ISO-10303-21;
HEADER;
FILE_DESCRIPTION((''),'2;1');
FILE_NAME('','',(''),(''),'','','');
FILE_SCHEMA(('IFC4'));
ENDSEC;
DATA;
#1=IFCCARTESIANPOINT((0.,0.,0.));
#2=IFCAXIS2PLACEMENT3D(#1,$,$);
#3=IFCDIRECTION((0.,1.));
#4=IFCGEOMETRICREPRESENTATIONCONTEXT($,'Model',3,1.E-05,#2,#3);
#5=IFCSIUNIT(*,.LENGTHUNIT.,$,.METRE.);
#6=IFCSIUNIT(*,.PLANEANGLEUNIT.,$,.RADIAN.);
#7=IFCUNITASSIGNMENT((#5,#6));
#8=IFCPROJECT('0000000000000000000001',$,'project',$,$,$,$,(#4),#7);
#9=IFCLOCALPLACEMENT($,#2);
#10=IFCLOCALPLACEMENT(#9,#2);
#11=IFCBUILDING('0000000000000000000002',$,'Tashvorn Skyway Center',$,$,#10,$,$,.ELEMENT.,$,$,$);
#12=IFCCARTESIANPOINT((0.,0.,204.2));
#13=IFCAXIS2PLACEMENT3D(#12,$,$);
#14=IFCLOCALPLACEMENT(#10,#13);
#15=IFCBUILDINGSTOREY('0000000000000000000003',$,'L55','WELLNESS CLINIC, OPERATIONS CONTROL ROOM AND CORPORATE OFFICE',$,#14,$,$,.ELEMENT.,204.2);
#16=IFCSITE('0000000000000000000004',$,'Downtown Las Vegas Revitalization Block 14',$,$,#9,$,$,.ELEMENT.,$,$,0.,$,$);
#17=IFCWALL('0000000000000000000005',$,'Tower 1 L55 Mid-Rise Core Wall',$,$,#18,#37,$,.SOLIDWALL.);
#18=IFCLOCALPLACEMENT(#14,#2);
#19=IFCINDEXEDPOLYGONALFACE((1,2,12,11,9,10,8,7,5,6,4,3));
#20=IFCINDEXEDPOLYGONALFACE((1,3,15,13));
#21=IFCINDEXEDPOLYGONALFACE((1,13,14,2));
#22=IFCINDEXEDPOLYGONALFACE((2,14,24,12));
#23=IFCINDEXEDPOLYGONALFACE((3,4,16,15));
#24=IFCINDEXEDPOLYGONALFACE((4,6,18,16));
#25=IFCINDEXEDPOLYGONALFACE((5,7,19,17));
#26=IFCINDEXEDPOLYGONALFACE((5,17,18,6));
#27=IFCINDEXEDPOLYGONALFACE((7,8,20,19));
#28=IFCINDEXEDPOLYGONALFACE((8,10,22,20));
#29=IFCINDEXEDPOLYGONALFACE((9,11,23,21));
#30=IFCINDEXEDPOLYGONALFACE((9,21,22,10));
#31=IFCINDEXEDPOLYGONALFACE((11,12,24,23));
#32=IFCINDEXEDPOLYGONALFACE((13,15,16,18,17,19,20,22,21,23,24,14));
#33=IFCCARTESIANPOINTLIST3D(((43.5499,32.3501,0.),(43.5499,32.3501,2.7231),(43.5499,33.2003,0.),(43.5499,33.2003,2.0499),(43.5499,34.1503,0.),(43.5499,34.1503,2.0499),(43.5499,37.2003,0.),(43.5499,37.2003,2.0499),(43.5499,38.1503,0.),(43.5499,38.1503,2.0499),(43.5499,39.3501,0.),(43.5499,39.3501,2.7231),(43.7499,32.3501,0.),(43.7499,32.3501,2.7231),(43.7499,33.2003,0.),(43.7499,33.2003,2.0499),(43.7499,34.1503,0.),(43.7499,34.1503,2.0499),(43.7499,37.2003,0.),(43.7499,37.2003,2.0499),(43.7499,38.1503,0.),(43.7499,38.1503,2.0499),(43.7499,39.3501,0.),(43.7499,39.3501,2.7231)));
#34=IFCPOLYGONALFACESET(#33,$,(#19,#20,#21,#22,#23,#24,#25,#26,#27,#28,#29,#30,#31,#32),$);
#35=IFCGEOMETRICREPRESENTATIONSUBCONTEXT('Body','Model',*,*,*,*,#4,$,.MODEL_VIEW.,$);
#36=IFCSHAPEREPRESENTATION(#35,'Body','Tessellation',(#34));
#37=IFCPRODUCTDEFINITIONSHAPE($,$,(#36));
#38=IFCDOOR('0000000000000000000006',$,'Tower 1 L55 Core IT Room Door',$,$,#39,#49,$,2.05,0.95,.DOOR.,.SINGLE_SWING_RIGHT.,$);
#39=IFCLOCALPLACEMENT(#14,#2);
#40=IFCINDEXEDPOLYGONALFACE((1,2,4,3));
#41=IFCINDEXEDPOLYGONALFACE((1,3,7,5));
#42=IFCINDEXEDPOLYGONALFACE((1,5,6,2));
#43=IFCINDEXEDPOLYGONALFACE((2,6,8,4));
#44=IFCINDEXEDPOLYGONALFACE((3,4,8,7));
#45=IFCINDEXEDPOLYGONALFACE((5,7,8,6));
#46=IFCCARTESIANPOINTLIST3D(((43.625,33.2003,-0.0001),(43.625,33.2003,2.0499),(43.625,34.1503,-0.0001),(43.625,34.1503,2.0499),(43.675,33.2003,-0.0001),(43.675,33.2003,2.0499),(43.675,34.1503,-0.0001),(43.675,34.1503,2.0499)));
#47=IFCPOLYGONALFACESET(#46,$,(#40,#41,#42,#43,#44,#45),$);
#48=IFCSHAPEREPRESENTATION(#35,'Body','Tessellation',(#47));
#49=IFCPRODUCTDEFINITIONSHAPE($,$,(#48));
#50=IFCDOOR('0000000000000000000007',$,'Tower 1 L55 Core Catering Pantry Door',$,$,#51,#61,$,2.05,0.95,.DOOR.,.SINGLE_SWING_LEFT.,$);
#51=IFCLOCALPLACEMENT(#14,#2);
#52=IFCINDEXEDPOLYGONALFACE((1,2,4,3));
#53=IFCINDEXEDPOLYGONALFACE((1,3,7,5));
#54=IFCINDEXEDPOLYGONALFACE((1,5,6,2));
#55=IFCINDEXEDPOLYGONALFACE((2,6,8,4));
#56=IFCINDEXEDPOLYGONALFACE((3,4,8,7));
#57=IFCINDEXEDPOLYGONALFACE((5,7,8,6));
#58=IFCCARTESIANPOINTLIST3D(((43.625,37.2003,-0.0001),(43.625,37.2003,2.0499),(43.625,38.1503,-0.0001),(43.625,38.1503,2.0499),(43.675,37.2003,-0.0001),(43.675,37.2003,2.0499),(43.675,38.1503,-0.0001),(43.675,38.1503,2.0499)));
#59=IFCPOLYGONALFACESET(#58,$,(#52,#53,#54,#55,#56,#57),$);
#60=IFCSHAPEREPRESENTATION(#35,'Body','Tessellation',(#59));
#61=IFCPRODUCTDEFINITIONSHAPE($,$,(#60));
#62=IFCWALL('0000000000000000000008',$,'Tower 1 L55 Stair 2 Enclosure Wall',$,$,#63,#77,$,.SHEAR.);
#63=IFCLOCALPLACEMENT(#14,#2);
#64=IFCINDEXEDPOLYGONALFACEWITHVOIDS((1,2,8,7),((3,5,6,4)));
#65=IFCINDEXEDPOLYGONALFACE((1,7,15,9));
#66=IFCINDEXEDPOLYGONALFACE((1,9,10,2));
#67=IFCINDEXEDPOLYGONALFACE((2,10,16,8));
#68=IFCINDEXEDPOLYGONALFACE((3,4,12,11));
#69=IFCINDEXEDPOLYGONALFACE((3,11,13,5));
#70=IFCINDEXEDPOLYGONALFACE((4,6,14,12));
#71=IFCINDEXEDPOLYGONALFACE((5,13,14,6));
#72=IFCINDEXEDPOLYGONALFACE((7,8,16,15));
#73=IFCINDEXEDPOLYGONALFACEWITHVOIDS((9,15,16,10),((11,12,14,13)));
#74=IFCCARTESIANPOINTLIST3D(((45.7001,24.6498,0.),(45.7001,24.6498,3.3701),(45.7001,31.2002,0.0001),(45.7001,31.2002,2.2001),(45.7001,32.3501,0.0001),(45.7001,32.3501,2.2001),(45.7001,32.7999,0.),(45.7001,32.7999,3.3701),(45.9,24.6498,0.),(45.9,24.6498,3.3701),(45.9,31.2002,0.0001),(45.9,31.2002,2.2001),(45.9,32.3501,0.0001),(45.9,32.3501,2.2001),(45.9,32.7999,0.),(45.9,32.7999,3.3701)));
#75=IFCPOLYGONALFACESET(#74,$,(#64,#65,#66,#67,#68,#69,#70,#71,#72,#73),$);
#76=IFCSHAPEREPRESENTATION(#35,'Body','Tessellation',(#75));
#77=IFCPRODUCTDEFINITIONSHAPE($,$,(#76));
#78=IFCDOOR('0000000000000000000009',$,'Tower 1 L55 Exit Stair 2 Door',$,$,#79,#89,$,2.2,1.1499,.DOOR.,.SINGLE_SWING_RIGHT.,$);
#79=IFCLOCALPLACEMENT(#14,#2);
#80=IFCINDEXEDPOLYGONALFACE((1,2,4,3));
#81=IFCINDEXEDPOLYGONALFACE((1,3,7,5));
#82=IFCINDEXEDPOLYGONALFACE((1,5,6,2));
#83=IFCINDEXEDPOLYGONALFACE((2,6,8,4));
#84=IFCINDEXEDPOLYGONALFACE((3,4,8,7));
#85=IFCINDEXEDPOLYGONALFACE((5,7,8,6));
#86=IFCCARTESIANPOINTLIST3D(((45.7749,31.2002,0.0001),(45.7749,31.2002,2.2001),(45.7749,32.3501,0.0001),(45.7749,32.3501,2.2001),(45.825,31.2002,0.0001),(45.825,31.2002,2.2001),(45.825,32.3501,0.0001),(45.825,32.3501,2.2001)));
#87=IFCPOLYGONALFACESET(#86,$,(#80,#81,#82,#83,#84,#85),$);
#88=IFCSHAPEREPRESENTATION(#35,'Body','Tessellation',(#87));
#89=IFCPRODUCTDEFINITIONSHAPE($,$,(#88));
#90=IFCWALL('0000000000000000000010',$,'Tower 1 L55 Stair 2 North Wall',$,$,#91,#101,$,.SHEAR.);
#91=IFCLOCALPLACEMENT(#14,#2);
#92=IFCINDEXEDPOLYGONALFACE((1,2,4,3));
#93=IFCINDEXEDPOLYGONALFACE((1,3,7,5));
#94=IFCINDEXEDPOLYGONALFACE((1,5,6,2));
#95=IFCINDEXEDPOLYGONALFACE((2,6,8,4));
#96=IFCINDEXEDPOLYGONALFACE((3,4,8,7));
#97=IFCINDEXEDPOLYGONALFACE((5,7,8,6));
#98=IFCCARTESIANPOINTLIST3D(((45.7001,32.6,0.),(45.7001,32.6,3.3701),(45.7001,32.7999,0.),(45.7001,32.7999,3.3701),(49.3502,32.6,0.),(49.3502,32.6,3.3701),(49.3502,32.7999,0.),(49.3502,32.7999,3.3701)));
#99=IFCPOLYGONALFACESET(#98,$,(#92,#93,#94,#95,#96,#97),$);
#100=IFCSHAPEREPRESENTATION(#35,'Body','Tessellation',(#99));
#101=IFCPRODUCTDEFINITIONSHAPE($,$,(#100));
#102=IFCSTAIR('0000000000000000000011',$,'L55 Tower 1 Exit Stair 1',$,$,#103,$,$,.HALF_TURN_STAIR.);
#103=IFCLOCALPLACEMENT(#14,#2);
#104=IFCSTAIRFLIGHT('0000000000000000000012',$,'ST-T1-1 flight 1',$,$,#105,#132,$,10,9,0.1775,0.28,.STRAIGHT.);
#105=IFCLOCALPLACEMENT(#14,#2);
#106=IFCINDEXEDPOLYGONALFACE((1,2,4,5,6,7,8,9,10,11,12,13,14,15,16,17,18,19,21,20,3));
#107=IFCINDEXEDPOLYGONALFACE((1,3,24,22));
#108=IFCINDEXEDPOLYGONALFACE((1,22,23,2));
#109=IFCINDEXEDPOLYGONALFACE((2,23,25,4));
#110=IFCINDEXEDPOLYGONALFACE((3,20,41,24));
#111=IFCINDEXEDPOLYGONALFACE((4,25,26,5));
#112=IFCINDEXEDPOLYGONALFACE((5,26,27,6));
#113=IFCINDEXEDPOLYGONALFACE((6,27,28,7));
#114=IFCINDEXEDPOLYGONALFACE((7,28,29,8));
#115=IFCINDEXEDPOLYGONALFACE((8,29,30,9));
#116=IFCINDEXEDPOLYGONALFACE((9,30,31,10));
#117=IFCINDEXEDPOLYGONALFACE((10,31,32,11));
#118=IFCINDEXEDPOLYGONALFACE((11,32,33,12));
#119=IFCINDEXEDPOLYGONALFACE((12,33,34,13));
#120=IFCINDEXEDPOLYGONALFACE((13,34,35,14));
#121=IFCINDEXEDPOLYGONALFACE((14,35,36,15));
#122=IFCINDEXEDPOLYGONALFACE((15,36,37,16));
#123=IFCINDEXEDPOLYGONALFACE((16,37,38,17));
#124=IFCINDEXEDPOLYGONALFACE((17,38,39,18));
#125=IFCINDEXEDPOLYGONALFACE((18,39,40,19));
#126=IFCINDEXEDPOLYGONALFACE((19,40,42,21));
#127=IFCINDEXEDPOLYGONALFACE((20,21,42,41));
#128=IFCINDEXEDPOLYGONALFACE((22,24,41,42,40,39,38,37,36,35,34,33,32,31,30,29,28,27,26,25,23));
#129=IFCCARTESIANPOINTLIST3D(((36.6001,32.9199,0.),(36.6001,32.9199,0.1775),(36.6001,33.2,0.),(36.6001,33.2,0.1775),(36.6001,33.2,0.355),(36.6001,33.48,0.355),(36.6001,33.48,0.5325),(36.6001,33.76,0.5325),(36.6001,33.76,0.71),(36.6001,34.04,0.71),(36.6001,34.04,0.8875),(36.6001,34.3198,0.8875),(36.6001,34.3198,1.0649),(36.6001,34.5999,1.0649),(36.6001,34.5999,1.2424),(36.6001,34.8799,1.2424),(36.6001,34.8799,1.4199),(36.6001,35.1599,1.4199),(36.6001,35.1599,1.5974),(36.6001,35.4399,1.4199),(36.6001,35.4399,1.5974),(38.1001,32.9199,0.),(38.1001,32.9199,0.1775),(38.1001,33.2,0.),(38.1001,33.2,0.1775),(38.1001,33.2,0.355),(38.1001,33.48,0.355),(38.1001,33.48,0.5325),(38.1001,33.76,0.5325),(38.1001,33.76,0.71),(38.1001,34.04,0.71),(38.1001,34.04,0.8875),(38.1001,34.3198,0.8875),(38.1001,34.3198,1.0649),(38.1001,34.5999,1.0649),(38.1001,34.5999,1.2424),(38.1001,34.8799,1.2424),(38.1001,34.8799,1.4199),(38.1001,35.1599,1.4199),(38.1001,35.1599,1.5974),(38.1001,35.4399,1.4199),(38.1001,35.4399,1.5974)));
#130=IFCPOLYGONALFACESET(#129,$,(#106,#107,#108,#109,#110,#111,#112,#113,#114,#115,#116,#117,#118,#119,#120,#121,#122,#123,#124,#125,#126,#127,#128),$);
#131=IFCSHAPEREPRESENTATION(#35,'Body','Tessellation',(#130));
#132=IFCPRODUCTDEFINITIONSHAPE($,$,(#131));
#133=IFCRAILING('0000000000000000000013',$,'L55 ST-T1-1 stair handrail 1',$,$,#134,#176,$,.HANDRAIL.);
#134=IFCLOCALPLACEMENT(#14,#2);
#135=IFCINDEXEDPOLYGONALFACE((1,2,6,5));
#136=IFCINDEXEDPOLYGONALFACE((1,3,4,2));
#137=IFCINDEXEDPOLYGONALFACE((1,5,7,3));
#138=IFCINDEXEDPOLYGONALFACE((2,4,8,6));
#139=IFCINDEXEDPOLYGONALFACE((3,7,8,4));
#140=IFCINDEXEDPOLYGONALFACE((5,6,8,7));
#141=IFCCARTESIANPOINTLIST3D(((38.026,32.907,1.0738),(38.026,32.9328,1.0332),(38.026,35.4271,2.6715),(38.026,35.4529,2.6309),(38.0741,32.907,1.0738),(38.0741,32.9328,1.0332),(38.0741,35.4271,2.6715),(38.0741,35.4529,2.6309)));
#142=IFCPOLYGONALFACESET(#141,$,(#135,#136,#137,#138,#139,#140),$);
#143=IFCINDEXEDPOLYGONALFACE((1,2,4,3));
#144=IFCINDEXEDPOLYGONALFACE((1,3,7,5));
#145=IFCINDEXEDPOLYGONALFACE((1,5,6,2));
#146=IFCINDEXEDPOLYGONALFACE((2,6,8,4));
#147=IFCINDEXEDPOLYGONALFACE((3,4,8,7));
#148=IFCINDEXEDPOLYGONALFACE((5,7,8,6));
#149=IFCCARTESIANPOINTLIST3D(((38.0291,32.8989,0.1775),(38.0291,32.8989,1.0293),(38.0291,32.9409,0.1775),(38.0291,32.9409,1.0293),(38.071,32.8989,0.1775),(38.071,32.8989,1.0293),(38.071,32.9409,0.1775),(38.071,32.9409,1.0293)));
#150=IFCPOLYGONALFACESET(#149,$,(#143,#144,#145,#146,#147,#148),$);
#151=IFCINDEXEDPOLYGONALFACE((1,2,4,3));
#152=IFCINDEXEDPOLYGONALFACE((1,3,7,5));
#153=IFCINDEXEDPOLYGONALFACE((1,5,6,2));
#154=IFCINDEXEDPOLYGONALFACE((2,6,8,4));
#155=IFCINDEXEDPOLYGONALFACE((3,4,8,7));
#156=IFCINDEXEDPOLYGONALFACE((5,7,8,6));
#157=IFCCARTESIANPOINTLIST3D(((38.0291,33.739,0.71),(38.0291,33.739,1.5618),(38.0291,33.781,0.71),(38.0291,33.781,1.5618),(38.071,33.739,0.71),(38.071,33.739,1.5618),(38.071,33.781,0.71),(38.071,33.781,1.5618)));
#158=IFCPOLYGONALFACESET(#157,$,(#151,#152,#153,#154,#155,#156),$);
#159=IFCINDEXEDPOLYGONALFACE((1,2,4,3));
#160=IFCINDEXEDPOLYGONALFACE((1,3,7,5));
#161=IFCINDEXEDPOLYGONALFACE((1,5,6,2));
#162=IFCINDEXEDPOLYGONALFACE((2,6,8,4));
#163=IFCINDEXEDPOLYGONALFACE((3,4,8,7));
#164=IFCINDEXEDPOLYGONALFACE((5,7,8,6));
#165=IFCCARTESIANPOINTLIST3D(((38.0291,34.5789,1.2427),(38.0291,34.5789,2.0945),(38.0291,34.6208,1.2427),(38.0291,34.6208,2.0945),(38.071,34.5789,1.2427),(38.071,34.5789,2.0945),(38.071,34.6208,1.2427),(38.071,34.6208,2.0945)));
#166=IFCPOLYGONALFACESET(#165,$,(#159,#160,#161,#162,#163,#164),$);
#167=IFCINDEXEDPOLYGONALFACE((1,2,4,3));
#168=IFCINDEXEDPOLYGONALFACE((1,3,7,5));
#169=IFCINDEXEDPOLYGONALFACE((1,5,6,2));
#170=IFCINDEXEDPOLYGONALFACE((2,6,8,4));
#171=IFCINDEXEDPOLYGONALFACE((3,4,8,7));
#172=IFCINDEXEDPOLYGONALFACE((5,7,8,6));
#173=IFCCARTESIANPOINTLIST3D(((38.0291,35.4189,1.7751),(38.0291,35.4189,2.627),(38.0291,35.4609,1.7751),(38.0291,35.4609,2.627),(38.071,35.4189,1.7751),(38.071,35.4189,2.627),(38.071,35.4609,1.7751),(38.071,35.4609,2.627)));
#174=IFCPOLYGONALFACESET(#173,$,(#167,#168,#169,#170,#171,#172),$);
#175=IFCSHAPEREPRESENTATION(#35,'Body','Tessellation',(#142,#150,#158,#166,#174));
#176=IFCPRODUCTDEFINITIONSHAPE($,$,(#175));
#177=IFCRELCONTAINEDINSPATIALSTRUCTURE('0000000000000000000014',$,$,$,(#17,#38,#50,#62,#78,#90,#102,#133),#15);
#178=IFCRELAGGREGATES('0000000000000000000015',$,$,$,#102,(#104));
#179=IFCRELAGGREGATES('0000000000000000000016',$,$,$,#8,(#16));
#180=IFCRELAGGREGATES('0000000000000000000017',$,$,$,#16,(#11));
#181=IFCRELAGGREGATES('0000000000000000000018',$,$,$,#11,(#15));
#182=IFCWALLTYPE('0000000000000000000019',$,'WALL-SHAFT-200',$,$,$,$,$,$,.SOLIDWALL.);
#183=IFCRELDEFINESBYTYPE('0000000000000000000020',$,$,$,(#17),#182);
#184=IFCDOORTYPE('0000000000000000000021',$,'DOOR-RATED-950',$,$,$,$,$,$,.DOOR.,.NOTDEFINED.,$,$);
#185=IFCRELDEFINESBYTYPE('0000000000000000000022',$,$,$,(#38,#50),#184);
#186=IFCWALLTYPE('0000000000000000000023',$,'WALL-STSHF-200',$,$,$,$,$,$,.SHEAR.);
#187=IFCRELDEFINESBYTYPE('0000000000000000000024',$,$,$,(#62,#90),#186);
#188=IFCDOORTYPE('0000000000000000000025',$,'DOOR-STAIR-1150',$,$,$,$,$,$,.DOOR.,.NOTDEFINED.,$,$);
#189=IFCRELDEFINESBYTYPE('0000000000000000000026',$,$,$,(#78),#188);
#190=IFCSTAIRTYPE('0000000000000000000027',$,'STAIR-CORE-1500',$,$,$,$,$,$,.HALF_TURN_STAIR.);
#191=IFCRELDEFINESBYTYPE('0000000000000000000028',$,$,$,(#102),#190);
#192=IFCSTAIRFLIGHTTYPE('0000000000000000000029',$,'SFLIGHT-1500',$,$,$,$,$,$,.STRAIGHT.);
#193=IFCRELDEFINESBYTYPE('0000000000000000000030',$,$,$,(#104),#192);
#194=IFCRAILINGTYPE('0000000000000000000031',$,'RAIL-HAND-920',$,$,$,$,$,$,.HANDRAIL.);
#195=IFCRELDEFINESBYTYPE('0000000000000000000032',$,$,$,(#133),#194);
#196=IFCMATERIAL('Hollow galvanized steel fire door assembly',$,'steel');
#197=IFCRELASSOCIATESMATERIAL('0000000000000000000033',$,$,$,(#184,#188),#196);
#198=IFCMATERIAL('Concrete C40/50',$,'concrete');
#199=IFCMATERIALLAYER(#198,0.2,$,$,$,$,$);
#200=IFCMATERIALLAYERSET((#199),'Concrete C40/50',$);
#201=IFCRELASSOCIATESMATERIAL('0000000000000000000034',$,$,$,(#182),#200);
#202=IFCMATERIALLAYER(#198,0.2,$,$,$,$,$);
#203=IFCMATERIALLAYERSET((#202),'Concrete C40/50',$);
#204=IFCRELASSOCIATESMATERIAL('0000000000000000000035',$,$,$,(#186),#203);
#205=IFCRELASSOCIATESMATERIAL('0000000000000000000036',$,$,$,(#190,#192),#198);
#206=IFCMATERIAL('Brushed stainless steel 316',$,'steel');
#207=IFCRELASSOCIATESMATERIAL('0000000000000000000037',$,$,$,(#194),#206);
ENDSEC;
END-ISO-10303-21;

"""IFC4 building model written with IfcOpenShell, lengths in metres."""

from ifc_helpers import new_model, si_unit, direction, frame, frame_2d, origin, origin_2d, place, context, subcontext, project, spatial, polyline, rectangle, outline, extrude, material, layer, layer_set, type_object, element, fill, aggregate, save


model = new_model("IFC4")

# Units and contexts
model_context = context("Model", 3, precision=1e-05, world=origin(), true_north=direction((0.0, 1.0)))
body_context = subcontext(model_context, "Body", "Model", "MODEL_VIEW")
ifc_project = project(units=[si_unit("LENGTHUNIT", "METRE"), si_unit("PLANEANGLEUNIT", "RADIAN")], contexts=[model_context])

# Site, building, storey
site_placement = place(None, origin())
site = spatial("IfcSite", under=ifc_project, at=site_placement, Name="Downtown Las Vegas Revitalization Block 14", CompositionType="ELEMENT", RefElevation=0.0)
building_placement = place(site_placement, origin())
building = spatial("IfcBuilding", under=site, at=building_placement, Name="Tashvorn Skyway Center", CompositionType="ELEMENT")
storey_placement = place(building_placement, frame((0.0, 0.0, 204.2)))
storey = spatial("IfcBuildingStorey", under=building, at=storey_placement, Name="L55", Description="WELLNESS CLINIC, OPERATIONS CONTROL ROOM AND CORPORATE OFFICE", CompositionType="ELEMENT", Elevation=204.2)

# Shared definitions
ifc_material_1 = material(Name="Concrete C40/50", Category="concrete")
ifc_material_2 = material(Name="Hollow galvanized steel fire door assembly", Category="steel")
door_type_1 = type_object("IfcDoorType", Name="DOOR-RATED-950", OperationType="NOTDEFINED", PredefinedType="DOOR", material=ifc_material_2)

# Shared definitions
ifc_layer_1 = layer(ifc_material_1, 0.2)
ifc_layer_set_1 = layer_set([ifc_layer_1], Name="Concrete C40/50")
wall_type_1 = type_object("IfcWallType", Name="WALL-SHAFT-200", PredefinedType="SOLIDWALL", material=ifc_layer_set_1)

# Wall, openings, doors
wall_1_placement = place(storey_placement, frame((43.6499, 32.3501, 0.0), z_axis=(0.0, 0.0, 1.0), x_axis=(0.0, 1.0, 0.0)))
wall_1 = element("IfcWall", 1, at=wall_1_placement, inside=storey, type_object=wall_type_1, Name="Tower 1 L55 Mid-Rise Core Wall", PredefinedType="SOLIDWALL", context=body_context, shape_type="SweptSolid", body=[
    extrude(rectangle(XDim=7.0, YDim=0.2, at=frame_2d((3.5, 0.0))), origin(), (0.0, 0.0, 1.0), 2.7231),
])
opening_1_placement = place(wall_1_placement, frame((0.8501, 0.0, 0.0)))
opening_1 = element("IfcOpeningElement", 2, at=opening_1_placement, cuts=wall_1, PredefinedType="OPENING", context=body_context, shape_type="SweptSolid", body=[
    extrude(rectangle(XDim=0.95, YDim=2.05, at=frame_2d((0.4751, 1.0249))), frame((0.0, 0.1099, 0.0), z_axis=(0.0, -1.0, 0.0), x_axis=(1.0, 0.0, 0.0)), (0.0, 0.0, 1.0), 0.22),
])
opening_2_placement = place(wall_1_placement, frame((4.8501, 0.0, 0.0)))
opening_2 = element("IfcOpeningElement", 3, at=opening_2_placement, cuts=wall_1, PredefinedType="OPENING", context=body_context, shape_type="SweptSolid", body=[
    extrude(rectangle(XDim=0.95, YDim=2.05, at=frame_2d((0.4751, 1.0249))), frame((0.0, 0.1099, 0.0), z_axis=(0.0, -1.0, 0.0), x_axis=(1.0, 0.0, 0.0)), (0.0, 0.0, 1.0), 0.22),
])
door_1_placement = place(opening_1_placement, origin())
door_1 = element("IfcDoor", 4, at=door_1_placement, inside=storey, type_object=door_type_1, Name="Tower 1 L55 Core IT Room Door", OperationType="SINGLE_SWING_RIGHT", OverallHeight=2.05, OverallWidth=0.95, PredefinedType="DOOR", context=body_context, shape_type="SweptSolid", body=[
    extrude(rectangle(XDim=0.95, YDim=2.05, at=frame_2d((0.4751, 1.0249))), frame((0.0, 0.0249, 0.0), z_axis=(0.0, -1.0, 0.0), x_axis=(1.0, 0.0, 0.0)), (0.0, 0.0, 1.0), 0.05),
])
fill(opening_1, door_1)
door_2_placement = place(opening_2_placement, origin())
door_2 = element("IfcDoor", 5, at=door_2_placement, inside=storey, type_object=door_type_1, Name="Tower 1 L55 Core Catering Pantry Door", OperationType="SINGLE_SWING_LEFT", OverallHeight=2.05, OverallWidth=0.95, PredefinedType="DOOR", context=body_context, shape_type="SweptSolid", body=[
    extrude(rectangle(XDim=0.95, YDim=2.05, at=frame_2d((0.4751, 1.0249))), frame((0.0, 0.0249, 0.0), z_axis=(0.0, -1.0, 0.0), x_axis=(1.0, 0.0, 0.0)), (0.0, 0.0, 1.0), 0.05),
])
fill(opening_2, door_2)

# Wall, opening, door
ifc_layer_2 = layer(ifc_material_1, 0.2)
ifc_layer_set_2 = layer_set([ifc_layer_2], Name="Concrete C40/50")
wall_type_2 = type_object("IfcWallType", Name="WALL-STSHF-200", PredefinedType="SHEAR", material=ifc_layer_set_2)
wall_2_placement = place(storey_placement, frame((45.8, 32.8, 0.0), z_axis=(0.0, 0.0, 1.0), x_axis=(0.0, -1.0, 0.0)))
wall_2 = element("IfcWall", 6, at=wall_2_placement, inside=storey, type_object=wall_type_2, Name="Tower 1 L55 Stair 2 Enclosure Wall", PredefinedType="SHEAR", context=body_context, shape_type="SweptSolid", body=[
    extrude(rectangle(XDim=8.1501, YDim=0.2, at=frame_2d((4.0752, 0.0))), origin(), (0.0, 0.0, 1.0), 3.3701),
])
opening_3_placement = place(wall_2_placement, frame((0.45, 0.0, 0.0)))
opening_3 = element("IfcOpeningElement", 7, at=opening_3_placement, cuts=wall_2, PredefinedType="OPENING", context=body_context, shape_type="SweptSolid", body=[
    extrude(rectangle(XDim=1.1499, YDim=2.2, at=frame_2d((0.575, 1.1001))), frame((0.0, 0.1099, 0.0), z_axis=(0.0, -1.0, 0.0), x_axis=(1.0, 0.0, 0.0)), (0.0, 0.0, 1.0), 0.22),
])
door_type_2 = type_object("IfcDoorType", Name="DOOR-STAIR-1150", OperationType="NOTDEFINED", PredefinedType="DOOR", material=ifc_material_2)
door_3_placement = place(opening_3_placement, origin())
door_3 = element("IfcDoor", 8, at=door_3_placement, inside=storey, type_object=door_type_2, Name="Tower 1 L55 Exit Stair 2 Door", OperationType="SINGLE_SWING_RIGHT", OverallHeight=2.2, OverallWidth=1.1499, PredefinedType="DOOR", context=body_context, shape_type="SweptSolid", body=[
    extrude(rectangle(XDim=1.1499, YDim=2.2, at=frame_2d((0.575, 1.1001))), frame((0.0, 0.0249, 0.0), z_axis=(0.0, -1.0, 0.0), x_axis=(1.0, 0.0, 0.0)), (0.0, 0.0, 1.0), 0.05),
])
fill(opening_3, door_3)

# Wall
wall_3_placement = place(storey_placement, frame((45.7, 32.7, 0.0), z_axis=(0.0, 0.0, 1.0), x_axis=(1.0, 0.0, 0.0)))
element("IfcWall", 9, at=wall_3_placement, inside=storey, type_object=wall_type_2, Name="Tower 1 L55 Stair 2 North Wall", PredefinedType="SHEAR", context=body_context, shape_type="SweptSolid", body=[
    extrude(rectangle(XDim=3.6501, YDim=0.2, at=frame_2d((1.8252, 0.0))), origin(), (0.0, 0.0, 1.0), 3.3701),
])

# Stair, stair flight
stair_type = type_object("IfcStairType", Name="STAIR-CORE-1500", PredefinedType="HALF_TURN_STAIR", material=ifc_material_1)
stair_placement = place(storey_placement, origin())
stair = element("IfcStair", 10, at=stair_placement, inside=storey, type_object=stair_type, Name="L55 Tower 1 Exit Stair 1", PredefinedType="HALF_TURN_STAIR")
stair_flight_type = type_object("IfcStairFlightType", Name="SFLIGHT-1500", PredefinedType="STRAIGHT", material=ifc_material_1)
stair_flight_placement = place(storey_placement, frame((37.3501, 32.9199, 0.0), z_axis=(0.0, 0.0, 1.0), x_axis=(0.0, 1.0, 0.0)))
stair_flight = element("IfcStairFlight", 11, at=stair_flight_placement, type_object=stair_flight_type, Name="ST-T1-1 flight 1", NumberOfRisers=10, NumberOfTreads=9, PredefinedType="STRAIGHT", RiserHeight=0.1775, TreadLength=0.28, context=body_context, shape_type="SweptSolid", body=[
    extrude(outline(polyline([(0.0, 0.0), (0.0, 0.1775), (0.28, 0.1775), (0.28, 0.355), (0.5601, 0.355), (0.5601, 0.5325), (0.8401, 0.5325), (0.8401, 0.71), (1.1201, 0.71), (1.1201, 0.8875), (1.3999, 0.8875), (1.3999, 1.0649), (1.6799, 1.0649), (1.6799, 1.2424), (1.96, 1.2424), (1.96, 1.4199), (2.24, 1.4199), (2.24, 1.5974), (2.52, 1.5974), (2.52, 1.7749), (2.52, 1.4199), (0.28, 0.0), (0.0, 0.0)])), frame((0.0, 0.75, 0.0), z_axis=(0.0, -1.0, 0.0), x_axis=(1.0, 0.0, 0.0)), (0.0, 0.0, 1.0), 1.5),
])
aggregate(stair, [stair_flight])

# Railing
ifc_material_3 = material(Name="Brushed stainless steel 316", Category="steel")
railing_type = type_object("IfcRailingType", Name="RAIL-HAND-920", PredefinedType="HANDRAIL", material=ifc_material_3)
railing_placement = place(storey_placement, frame((38.05, 32.9199, 0.1775)))
element("IfcRailing", 12, at=railing_placement, inside=storey, type_object=railing_type, Name="L55 ST-T1-1 stair handrail 1", PredefinedType="HANDRAIL", context=body_context, shape_type="SweptSolid", body=[
    extrude(rectangle(XDim=0.0481, YDim=0.0481, at=origin_2d()), frame((0.0, 0.0, 0.876), z_axis=(0.0, 0.84457, 0.535445), x_axis=(-1.0, 0.0, 0.0)), (0.0, 0.0, 1.0), 2.9839),
    extrude(rectangle(XDim=0.042, YDim=0.042, at=origin_2d()), origin(), (0.0, 0.0, 1.0), 0.8518),
    extrude(rectangle(XDim=0.042, YDim=0.042, at=origin_2d()), frame((0.0, 0.8401, 0.5325)), (0.0, 0.0, 1.0), 0.8518),
    extrude(rectangle(XDim=0.042, YDim=0.042, at=origin_2d()), frame((0.0, 1.6799, 1.0652)), (0.0, 0.0, 1.0), 0.8518),
    extrude(rectangle(XDim=0.042, YDim=0.042, at=origin_2d()), frame((0.0, 2.52, 1.5977)), (0.0, 0.0, 1.0), 0.8518),
])

save(model, "model.ifc")
